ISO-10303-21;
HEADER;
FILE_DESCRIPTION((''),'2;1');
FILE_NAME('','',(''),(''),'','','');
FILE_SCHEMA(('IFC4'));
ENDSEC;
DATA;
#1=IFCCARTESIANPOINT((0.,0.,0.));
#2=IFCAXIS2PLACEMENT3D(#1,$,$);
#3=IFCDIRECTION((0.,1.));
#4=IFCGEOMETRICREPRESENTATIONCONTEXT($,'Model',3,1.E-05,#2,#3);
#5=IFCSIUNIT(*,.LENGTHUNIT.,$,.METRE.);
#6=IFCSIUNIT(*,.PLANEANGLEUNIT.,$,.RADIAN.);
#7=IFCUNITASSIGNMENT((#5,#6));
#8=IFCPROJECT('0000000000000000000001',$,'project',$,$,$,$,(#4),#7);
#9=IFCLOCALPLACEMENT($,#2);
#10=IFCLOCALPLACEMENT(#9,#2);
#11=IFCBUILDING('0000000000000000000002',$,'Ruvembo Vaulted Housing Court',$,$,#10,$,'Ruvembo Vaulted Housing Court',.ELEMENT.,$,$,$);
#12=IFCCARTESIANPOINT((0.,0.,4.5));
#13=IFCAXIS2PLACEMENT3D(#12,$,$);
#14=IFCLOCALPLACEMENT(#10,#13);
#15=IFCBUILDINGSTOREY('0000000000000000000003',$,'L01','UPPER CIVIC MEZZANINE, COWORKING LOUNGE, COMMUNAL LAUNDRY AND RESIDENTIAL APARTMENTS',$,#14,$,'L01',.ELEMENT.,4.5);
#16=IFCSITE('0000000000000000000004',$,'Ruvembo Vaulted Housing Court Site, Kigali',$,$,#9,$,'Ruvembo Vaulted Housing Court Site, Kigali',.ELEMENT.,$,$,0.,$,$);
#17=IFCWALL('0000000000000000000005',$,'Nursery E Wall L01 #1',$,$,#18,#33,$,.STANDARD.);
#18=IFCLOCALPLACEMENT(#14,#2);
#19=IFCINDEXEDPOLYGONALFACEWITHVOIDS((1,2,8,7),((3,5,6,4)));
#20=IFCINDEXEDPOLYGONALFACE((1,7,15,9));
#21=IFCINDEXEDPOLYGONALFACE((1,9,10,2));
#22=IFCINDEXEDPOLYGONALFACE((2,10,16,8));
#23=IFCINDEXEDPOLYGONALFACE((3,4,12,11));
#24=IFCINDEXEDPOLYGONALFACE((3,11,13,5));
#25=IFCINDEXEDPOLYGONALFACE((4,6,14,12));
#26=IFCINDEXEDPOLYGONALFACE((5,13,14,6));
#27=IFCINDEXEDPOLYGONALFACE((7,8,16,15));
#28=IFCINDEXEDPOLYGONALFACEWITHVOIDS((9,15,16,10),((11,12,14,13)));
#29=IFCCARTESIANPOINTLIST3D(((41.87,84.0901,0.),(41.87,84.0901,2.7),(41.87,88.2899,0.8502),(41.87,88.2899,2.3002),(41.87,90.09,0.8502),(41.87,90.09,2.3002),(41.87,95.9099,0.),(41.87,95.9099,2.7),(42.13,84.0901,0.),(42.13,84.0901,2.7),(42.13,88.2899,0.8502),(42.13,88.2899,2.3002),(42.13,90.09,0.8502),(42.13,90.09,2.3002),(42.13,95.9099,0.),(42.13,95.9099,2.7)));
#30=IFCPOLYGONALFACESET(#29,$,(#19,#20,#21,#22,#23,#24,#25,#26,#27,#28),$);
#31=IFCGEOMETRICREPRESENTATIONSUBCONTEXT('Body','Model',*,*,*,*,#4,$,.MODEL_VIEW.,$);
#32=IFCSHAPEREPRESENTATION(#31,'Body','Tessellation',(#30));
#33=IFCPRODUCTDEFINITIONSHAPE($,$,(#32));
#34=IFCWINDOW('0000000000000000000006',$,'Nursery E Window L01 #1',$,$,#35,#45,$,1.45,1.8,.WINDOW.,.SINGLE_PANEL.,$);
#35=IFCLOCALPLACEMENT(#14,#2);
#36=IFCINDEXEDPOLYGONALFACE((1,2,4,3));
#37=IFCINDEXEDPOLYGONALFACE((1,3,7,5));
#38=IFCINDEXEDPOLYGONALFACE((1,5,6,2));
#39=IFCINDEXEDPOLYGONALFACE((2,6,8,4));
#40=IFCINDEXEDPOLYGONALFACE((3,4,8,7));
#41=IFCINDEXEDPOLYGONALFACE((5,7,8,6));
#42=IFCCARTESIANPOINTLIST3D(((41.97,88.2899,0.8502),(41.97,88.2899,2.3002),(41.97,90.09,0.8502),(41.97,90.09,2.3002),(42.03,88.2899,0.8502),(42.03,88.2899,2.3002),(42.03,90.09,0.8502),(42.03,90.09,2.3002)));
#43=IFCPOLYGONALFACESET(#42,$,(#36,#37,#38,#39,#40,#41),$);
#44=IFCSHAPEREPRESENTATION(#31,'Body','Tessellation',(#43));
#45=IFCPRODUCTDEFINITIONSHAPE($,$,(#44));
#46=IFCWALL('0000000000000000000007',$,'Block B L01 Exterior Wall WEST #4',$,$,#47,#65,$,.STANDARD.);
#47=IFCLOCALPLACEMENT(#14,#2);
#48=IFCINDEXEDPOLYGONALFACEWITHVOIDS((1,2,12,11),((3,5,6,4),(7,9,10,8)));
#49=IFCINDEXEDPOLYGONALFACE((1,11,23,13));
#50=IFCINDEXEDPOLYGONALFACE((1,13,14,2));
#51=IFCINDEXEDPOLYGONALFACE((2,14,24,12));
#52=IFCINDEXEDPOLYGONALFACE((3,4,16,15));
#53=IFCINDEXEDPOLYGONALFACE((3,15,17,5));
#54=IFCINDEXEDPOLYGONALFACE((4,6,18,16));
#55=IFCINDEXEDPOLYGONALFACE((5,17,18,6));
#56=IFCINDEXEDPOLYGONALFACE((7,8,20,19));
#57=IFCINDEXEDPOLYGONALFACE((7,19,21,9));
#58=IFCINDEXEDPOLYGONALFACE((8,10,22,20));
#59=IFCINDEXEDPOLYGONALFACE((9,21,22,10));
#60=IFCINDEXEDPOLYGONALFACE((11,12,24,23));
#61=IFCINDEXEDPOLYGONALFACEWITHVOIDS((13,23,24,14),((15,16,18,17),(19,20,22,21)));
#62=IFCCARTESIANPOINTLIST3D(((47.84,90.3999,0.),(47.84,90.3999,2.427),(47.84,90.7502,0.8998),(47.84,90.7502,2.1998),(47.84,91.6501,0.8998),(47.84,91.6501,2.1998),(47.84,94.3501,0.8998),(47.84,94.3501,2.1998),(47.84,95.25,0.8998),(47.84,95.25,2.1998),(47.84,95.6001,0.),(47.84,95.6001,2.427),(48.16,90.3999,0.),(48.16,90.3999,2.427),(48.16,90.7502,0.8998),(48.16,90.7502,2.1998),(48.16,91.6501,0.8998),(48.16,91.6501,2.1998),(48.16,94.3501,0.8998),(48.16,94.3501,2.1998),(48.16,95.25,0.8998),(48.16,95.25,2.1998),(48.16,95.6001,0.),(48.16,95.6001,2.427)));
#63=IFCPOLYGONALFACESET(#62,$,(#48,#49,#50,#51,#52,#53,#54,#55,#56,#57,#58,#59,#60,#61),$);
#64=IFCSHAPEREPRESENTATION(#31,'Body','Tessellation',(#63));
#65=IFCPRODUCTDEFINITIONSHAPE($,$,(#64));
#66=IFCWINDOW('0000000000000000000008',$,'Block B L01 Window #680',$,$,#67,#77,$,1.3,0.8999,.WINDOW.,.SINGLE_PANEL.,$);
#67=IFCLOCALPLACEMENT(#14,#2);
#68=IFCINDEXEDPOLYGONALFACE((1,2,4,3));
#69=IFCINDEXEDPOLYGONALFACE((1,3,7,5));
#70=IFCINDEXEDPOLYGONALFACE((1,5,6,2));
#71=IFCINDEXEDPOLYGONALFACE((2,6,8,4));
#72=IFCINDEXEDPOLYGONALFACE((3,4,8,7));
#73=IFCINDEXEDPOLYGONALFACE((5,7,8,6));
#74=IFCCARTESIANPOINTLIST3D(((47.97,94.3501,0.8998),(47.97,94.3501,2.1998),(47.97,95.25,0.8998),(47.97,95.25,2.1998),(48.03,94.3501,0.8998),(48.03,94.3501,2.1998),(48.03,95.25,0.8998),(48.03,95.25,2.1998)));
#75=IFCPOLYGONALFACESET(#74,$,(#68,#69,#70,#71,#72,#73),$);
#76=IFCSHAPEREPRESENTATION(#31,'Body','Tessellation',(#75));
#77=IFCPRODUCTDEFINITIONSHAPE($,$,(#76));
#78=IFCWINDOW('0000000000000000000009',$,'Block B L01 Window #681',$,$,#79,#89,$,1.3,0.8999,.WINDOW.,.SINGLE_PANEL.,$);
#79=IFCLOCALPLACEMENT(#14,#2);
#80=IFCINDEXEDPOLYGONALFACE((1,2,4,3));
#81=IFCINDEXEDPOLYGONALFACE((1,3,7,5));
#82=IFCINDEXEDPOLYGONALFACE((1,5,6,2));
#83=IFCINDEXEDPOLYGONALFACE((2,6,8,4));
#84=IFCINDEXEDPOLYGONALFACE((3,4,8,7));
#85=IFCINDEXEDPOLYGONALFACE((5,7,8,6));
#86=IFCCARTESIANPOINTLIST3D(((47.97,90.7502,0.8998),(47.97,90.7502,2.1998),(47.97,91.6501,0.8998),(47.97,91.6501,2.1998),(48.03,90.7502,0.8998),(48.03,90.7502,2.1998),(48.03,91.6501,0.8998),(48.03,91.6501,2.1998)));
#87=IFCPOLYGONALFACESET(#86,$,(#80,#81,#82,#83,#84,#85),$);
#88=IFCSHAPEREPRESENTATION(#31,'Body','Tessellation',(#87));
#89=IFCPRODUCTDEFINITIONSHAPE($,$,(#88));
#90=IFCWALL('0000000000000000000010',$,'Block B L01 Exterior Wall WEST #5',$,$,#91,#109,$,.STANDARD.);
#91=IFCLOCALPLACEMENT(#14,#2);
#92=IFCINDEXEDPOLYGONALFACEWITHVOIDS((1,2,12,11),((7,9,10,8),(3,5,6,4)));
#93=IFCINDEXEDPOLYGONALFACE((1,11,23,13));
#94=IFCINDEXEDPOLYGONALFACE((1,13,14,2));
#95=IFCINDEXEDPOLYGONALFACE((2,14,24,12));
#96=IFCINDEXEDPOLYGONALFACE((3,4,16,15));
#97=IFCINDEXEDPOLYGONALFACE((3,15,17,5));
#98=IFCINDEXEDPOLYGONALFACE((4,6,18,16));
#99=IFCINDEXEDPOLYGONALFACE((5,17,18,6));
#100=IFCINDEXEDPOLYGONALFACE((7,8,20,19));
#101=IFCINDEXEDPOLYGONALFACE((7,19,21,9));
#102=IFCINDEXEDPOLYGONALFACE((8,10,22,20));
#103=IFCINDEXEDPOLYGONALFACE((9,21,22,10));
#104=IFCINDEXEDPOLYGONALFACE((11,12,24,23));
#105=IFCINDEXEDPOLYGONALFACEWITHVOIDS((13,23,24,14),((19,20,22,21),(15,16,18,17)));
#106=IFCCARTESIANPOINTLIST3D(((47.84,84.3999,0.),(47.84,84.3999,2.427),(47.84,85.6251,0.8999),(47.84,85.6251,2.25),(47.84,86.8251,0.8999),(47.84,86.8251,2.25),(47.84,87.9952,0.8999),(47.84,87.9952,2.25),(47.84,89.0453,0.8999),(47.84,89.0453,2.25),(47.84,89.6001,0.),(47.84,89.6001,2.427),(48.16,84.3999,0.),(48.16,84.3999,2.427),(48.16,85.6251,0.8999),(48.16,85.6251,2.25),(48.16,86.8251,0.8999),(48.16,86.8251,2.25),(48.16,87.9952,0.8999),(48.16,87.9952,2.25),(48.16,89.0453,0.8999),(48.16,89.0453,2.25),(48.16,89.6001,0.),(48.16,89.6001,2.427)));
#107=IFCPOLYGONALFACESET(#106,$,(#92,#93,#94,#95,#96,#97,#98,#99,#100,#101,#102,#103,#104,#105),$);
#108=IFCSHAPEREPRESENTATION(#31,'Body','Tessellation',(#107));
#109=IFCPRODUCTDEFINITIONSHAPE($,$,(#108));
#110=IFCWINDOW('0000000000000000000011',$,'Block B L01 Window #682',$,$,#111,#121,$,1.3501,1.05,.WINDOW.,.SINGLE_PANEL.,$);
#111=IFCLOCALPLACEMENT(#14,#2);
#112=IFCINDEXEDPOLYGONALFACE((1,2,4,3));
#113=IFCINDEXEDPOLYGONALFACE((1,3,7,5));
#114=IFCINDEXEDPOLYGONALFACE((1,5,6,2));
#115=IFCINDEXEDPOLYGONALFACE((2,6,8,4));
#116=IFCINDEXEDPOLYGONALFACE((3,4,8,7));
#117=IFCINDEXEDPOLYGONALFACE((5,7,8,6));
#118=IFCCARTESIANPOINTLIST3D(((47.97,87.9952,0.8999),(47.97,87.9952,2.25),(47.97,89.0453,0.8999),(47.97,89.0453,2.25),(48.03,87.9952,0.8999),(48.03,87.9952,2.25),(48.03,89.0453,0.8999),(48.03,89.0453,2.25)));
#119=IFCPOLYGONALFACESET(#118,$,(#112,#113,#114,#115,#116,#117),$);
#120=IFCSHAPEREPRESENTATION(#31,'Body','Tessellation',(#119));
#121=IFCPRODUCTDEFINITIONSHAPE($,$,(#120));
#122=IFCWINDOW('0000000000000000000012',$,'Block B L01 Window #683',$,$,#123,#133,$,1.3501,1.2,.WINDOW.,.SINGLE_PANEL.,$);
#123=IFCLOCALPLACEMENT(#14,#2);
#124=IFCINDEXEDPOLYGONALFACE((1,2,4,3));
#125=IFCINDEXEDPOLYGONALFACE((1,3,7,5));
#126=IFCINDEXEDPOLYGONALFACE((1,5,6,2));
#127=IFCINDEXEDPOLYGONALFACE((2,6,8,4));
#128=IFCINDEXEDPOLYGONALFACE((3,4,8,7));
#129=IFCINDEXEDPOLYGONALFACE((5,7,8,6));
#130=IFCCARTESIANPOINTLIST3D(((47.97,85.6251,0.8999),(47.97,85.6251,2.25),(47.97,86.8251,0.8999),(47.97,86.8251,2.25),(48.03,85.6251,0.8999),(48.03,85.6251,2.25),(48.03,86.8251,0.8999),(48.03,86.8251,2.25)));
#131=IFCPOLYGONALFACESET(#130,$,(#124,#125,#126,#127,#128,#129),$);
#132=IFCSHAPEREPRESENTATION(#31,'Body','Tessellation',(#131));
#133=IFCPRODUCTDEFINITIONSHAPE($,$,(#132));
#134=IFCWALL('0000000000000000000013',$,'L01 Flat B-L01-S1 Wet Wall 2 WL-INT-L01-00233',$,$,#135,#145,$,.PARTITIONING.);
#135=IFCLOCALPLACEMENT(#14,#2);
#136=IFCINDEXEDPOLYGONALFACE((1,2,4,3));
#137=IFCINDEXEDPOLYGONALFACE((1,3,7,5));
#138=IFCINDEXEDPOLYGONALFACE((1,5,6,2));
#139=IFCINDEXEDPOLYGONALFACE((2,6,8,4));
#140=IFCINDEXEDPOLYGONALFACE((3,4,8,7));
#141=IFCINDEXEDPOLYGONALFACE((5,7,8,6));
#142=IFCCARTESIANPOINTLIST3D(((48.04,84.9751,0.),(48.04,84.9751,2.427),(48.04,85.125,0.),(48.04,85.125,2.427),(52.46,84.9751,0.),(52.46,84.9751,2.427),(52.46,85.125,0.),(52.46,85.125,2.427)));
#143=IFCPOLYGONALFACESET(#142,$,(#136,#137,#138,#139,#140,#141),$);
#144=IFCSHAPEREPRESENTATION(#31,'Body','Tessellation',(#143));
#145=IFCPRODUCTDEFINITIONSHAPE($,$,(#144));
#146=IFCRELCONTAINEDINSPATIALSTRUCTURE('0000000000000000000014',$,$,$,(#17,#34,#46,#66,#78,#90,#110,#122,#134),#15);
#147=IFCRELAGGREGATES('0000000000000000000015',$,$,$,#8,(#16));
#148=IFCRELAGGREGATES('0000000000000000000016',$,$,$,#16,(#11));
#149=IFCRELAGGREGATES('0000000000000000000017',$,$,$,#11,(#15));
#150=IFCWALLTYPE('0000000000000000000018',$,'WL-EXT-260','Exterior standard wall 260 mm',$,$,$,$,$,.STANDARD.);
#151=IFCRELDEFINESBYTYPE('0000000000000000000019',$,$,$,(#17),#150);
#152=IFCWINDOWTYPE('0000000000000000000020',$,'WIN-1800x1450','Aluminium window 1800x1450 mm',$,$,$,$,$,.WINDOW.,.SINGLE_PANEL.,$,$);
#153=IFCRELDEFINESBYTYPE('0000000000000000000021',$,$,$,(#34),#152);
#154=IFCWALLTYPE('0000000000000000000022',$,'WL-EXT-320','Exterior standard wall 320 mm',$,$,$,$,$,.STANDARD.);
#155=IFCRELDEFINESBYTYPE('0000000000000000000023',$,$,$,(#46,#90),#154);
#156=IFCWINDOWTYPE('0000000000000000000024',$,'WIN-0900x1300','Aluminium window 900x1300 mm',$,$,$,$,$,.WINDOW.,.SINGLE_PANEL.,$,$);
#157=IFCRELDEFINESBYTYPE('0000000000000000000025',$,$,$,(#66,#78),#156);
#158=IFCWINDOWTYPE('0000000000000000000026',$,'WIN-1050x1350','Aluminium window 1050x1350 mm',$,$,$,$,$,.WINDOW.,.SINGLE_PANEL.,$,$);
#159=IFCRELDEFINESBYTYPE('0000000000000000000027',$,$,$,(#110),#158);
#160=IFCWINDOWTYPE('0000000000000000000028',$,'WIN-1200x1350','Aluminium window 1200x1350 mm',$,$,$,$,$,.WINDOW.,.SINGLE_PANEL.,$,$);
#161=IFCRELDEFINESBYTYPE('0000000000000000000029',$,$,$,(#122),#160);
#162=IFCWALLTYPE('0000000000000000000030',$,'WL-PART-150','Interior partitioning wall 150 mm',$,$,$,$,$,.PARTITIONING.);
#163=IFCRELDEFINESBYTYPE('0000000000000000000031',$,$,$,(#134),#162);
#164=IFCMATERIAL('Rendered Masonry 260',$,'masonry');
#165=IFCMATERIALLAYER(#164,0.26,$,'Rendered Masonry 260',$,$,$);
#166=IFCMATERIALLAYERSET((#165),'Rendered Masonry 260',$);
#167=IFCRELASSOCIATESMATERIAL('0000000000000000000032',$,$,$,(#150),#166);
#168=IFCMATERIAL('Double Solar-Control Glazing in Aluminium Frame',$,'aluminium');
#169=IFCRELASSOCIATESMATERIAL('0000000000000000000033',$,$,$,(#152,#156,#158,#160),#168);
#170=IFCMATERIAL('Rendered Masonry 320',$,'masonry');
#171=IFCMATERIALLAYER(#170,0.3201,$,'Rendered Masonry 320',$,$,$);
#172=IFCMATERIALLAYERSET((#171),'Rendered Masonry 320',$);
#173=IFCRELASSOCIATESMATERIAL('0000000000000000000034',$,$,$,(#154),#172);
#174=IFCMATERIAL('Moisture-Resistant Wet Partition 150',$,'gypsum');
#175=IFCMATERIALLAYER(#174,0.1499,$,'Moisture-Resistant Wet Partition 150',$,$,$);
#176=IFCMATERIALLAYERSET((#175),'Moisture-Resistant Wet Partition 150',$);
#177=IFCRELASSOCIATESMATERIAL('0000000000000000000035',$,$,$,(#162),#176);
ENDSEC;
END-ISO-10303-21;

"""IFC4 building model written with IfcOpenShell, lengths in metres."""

from ifc_helpers import new_model, si_unit, direction, frame, frame_2d, origin, place, context, subcontext, project, spatial, rectangle, extrude, material, layer, layer_set, type_object, element, fill, save


model = new_model("IFC4")

# Units and contexts
model_context = context("Model", 3, precision=1e-05, world=origin(), true_north=direction((0.0, 1.0)))
body_context = subcontext(model_context, "Body", "Model", "MODEL_VIEW")
ifc_project = project(units=[si_unit("LENGTHUNIT", "METRE"), si_unit("PLANEANGLEUNIT", "RADIAN")], contexts=[model_context])

# Site, building, storey
site_placement = place(None, origin())
site = spatial("IfcSite", under=ifc_project, at=site_placement, Name="Ruvembo Vaulted Housing Court Site, Kigali", LongName="Ruvembo Vaulted Housing Court Site, Kigali", CompositionType="ELEMENT", RefElevation=0.0)
building_placement = place(site_placement, origin())
building = spatial("IfcBuilding", under=site, at=building_placement, Name="Ruvembo Vaulted Housing Court", LongName="Ruvembo Vaulted Housing Court", CompositionType="ELEMENT")
storey_placement = place(building_placement, frame((0.0, 0.0, 4.5)))
storey = spatial("IfcBuildingStorey", under=building, at=storey_placement, Name="L01", Description="UPPER CIVIC MEZZANINE, COWORKING LOUNGE, COMMUNAL LAUNDRY AND RESIDENTIAL APARTMENTS", LongName="L01", CompositionType="ELEMENT", Elevation=4.5)

# Wall, opening, window
ifc_material_1 = material(Name="Rendered Masonry 260", Category="masonry")
ifc_layer_1 = layer(ifc_material_1, 0.26, Name="Rendered Masonry 260")
ifc_layer_set_1 = layer_set([ifc_layer_1], Name="Rendered Masonry 260")
wall_type_1 = type_object("IfcWallType", Name="WL-EXT-260", Description="Exterior standard wall 260 mm", PredefinedType="STANDARD", material=ifc_layer_set_1)
wall_1_placement = place(storey_placement, frame((42.0, 84.0901, 0.0), z_axis=(0.0, 0.0, 1.0), x_axis=(0.0, 1.0, 0.0)))
wall_1 = element("IfcWall", 1, at=wall_1_placement, inside=storey, type_object=wall_type_1, Name="Nursery E Wall L01 #1", PredefinedType="STANDARD", context=body_context, shape_type="SweptSolid", body=[
    extrude(rectangle(XDim=11.8198, YDim=0.26, at=frame_2d((5.9099, 0.0))), origin(), (0.0, 0.0, 1.0), 2.7),
])
opening_1_placement = place(wall_1_placement, frame((4.2, 0.0, 0.8501)))
opening_1 = element("IfcOpeningElement", 2, at=opening_1_placement, cuts=wall_1, PredefinedType="OPENING", context=body_context, shape_type="SweptSolid", body=[
    extrude(rectangle(XDim=1.8, YDim=1.45, at=frame_2d((0.8999, 0.7251))), frame((0.0, 0.1399, 0.0), z_axis=(0.0, -1.0, 0.0), x_axis=(1.0, 0.0, 0.0)), (0.0, 0.0, 1.0), 0.28),
])
ifc_material_2 = material(Name="Double Solar-Control Glazing in Aluminium Frame", Category="aluminium")
window_type_1 = type_object("IfcWindowType", Name="WIN-1800x1450", Description="Aluminium window 1800x1450 mm", PartitioningType="SINGLE_PANEL", PredefinedType="WINDOW", material=ifc_material_2)
window_1_placement = place(opening_1_placement, origin())
window_1 = element("IfcWindow", 3, at=window_1_placement, inside=storey, type_object=window_type_1, Name="Nursery E Window L01 #1", OverallHeight=1.45, OverallWidth=1.8, PartitioningType="SINGLE_PANEL", PredefinedType="WINDOW", context=body_context, shape_type="SweptSolid", body=[
    extrude(rectangle(XDim=1.8, YDim=1.45, at=frame_2d((0.8999, 0.7251))), frame((0.0, 0.03, 0.0), z_axis=(0.0, -1.0, 0.0), x_axis=(1.0, 0.0, 0.0)), (0.0, 0.0, 1.0), 0.0601),
])
fill(opening_1, window_1)

# Walls, openings, windows
ifc_material_3 = material(Name="Rendered Masonry 320", Category="masonry")
ifc_layer_2 = layer(ifc_material_3, 0.3201, Name="Rendered Masonry 320")
ifc_layer_set_2 = layer_set([ifc_layer_2], Name="Rendered Masonry 320")
wall_type_2 = type_object("IfcWallType", Name="WL-EXT-320", Description="Exterior standard wall 320 mm", PredefinedType="STANDARD", material=ifc_layer_set_2)
wall_2_placement = place(storey_placement, frame((48.0, 95.6001, 0.0), z_axis=(0.0, 0.0, 1.0), x_axis=(0.0, -1.0, 0.0)))
wall_2 = element("IfcWall", 4, at=wall_2_placement, inside=storey, type_object=wall_type_2, Name="Block B L01 Exterior Wall WEST #4", PredefinedType="STANDARD", context=body_context, shape_type="SweptSolid", body=[
    extrude(rectangle(XDim=5.2002, YDim=0.3201, at=frame_2d((2.6001, 0.0))), origin(), (0.0, 0.0, 1.0), 2.427),
])
opening_2_placement = place(wall_2_placement, frame((0.3501, 0.0, 0.8999)))
opening_2 = element("IfcOpeningElement", 5, at=opening_2_placement, cuts=wall_2, PredefinedType="OPENING", context=body_context, shape_type="SweptSolid", body=[
    extrude(rectangle(XDim=0.8999, YDim=1.3, at=frame_2d((0.45, 0.6499))), frame((0.0, 0.1699, 0.0), z_axis=(0.0, -1.0, 0.0), x_axis=(1.0, 0.0, 0.0)), (0.0, 0.0, 1.0), 0.3401),
])
opening_3_placement = place(wall_2_placement, frame((3.95, 0.0, 0.8999)))
opening_3 = element("IfcOpeningElement", 6, at=opening_3_placement, cuts=wall_2, PredefinedType="OPENING", context=body_context, shape_type="SweptSolid", body=[
    extrude(rectangle(XDim=0.8999, YDim=1.3, at=frame_2d((0.45, 0.6499))), frame((0.0, 0.1699, 0.0), z_axis=(0.0, -1.0, 0.0), x_axis=(1.0, 0.0, 0.0)), (0.0, 0.0, 1.0), 0.3401),
])
window_type_2 = type_object("IfcWindowType", Name="WIN-0900x1300", Description="Aluminium window 900x1300 mm", PartitioningType="SINGLE_PANEL", PredefinedType="WINDOW", material=ifc_material_2)
window_2_placement = place(opening_2_placement, origin())
window_2 = element("IfcWindow", 7, at=window_2_placement, inside=storey, type_object=window_type_2, Name="Block B L01 Window #680", OverallHeight=1.3, OverallWidth=0.8999, PartitioningType="SINGLE_PANEL", PredefinedType="WINDOW", context=body_context, shape_type="SweptSolid", body=[
    extrude(rectangle(XDim=0.8999, YDim=1.3, at=frame_2d((0.45, 0.6499))), frame((0.0, 0.03, 0.0), z_axis=(0.0, -1.0, 0.0), x_axis=(1.0, 0.0, 0.0)), (0.0, 0.0, 1.0), 0.0601),
])
fill(opening_2, window_2)
window_3_placement = place(opening_3_placement, origin())
window_3 = element("IfcWindow", 8, at=window_3_placement, inside=storey, type_object=window_type_2, Name="Block B L01 Window #681", OverallHeight=1.3, OverallWidth=0.8999, PartitioningType="SINGLE_PANEL", PredefinedType="WINDOW", context=body_context, shape_type="SweptSolid", body=[
    extrude(rectangle(XDim=0.8999, YDim=1.3, at=frame_2d((0.45, 0.6499))), frame((0.0, 0.03, 0.0), z_axis=(0.0, -1.0, 0.0), x_axis=(1.0, 0.0, 0.0)), (0.0, 0.0, 1.0), 0.0601),
])
fill(opening_3, window_3)
wall_3_placement = place(storey_placement, frame((48.0, 89.6001, 0.0), z_axis=(0.0, 0.0, 1.0), x_axis=(0.0, -1.0, 0.0)))
wall_3 = element("IfcWall", 9, at=wall_3_placement, inside=storey, type_object=wall_type_2, Name="Block B L01 Exterior Wall WEST #5", PredefinedType="STANDARD", context=body_context, shape_type="SweptSolid", body=[
    extrude(rectangle(XDim=5.2002, YDim=0.3201, at=frame_2d((2.6001, 0.0))), origin(), (0.0, 0.0, 1.0), 2.427),
])
opening_4_placement = place(wall_3_placement, frame((0.5549, 0.0, 0.8999)))
opening_4 = element("IfcOpeningElement", 10, at=opening_4_placement, cuts=wall_3, PredefinedType="OPENING", context=body_context, shape_type="SweptSolid", body=[
    extrude(rectangle(XDim=1.05, YDim=1.3501, at=frame_2d((0.5249, 0.675))), frame((0.0, 0.1699, 0.0), z_axis=(0.0, -1.0, 0.0), x_axis=(1.0, 0.0, 0.0)), (0.0, 0.0, 1.0), 0.3401),
])
opening_5_placement = place(wall_3_placement, frame((2.7749, 0.0, 0.8999)))
opening_5 = element("IfcOpeningElement", 11, at=opening_5_placement, cuts=wall_3, PredefinedType="OPENING", context=body_context, shape_type="SweptSolid", body=[
    extrude(rectangle(XDim=1.2, YDim=1.3501, at=frame_2d((0.6001, 0.675))), frame((0.0, 0.1699, 0.0), z_axis=(0.0, -1.0, 0.0), x_axis=(1.0, 0.0, 0.0)), (0.0, 0.0, 1.0), 0.3401),
])
window_type_3 = type_object("IfcWindowType", Name="WIN-1050x1350", Description="Aluminium window 1050x1350 mm", PartitioningType="SINGLE_PANEL", PredefinedType="WINDOW", material=ifc_material_2)
window_4_placement = place(opening_4_placement, origin())
window_4 = element("IfcWindow", 12, at=window_4_placement, inside=storey, type_object=window_type_3, Name="Block B L01 Window #682", OverallHeight=1.3501, OverallWidth=1.05, PartitioningType="SINGLE_PANEL", PredefinedType="WINDOW", context=body_context, shape_type="SweptSolid", body=[
    extrude(rectangle(XDim=1.05, YDim=1.3501, at=frame_2d((0.5249, 0.675))), frame((0.0, 0.03, 0.0), z_axis=(0.0, -1.0, 0.0), x_axis=(1.0, 0.0, 0.0)), (0.0, 0.0, 1.0), 0.0601),
])
fill(opening_4, window_4)
window_type_4 = type_object("IfcWindowType", Name="WIN-1200x1350", Description="Aluminium window 1200x1350 mm", PartitioningType="SINGLE_PANEL", PredefinedType="WINDOW", material=ifc_material_2)
window_5_placement = place(opening_5_placement, origin())
window_5 = element("IfcWindow", 13, at=window_5_placement, inside=storey, type_object=window_type_4, Name="Block B L01 Window #683", OverallHeight=1.3501, OverallWidth=1.2, PartitioningType="SINGLE_PANEL", PredefinedType="WINDOW", context=body_context, shape_type="SweptSolid", body=[
    extrude(rectangle(XDim=1.2, YDim=1.3501, at=frame_2d((0.6001, 0.675))), frame((0.0, 0.03, 0.0), z_axis=(0.0, -1.0, 0.0), x_axis=(1.0, 0.0, 0.0)), (0.0, 0.0, 1.0), 0.0601),
])
fill(opening_5, window_5)

# Wall
ifc_material_4 = material(Name="Moisture-Resistant Wet Partition 150", Category="gypsum")
ifc_layer_3 = layer(ifc_material_4, 0.1499, Name="Moisture-Resistant Wet Partition 150")
ifc_layer_set_3 = layer_set([ifc_layer_3], Name="Moisture-Resistant Wet Partition 150")
wall_type_3 = type_object("IfcWallType", Name="WL-PART-150", Description="Interior partitioning wall 150 mm", PredefinedType="PARTITIONING", material=ifc_layer_set_3)
wall_4_placement = place(storey_placement, frame((48.04, 85.05, 0.0), z_axis=(0.0, 0.0, 1.0), x_axis=(1.0, 0.0, 0.0)))
element("IfcWall", 14, at=wall_4_placement, inside=storey, type_object=wall_type_3, Name="L01 Flat B-L01-S1 Wet Wall 2 WL-INT-L01-00233", PredefinedType="PARTITIONING", context=body_context, shape_type="SweptSolid", body=[
    extrude(rectangle(XDim=4.4199, YDim=0.1499, at=frame_2d((2.21, 0.0))), origin(), (0.0, 0.0, 1.0), 2.427),
])

save(model, "model.ifc")
